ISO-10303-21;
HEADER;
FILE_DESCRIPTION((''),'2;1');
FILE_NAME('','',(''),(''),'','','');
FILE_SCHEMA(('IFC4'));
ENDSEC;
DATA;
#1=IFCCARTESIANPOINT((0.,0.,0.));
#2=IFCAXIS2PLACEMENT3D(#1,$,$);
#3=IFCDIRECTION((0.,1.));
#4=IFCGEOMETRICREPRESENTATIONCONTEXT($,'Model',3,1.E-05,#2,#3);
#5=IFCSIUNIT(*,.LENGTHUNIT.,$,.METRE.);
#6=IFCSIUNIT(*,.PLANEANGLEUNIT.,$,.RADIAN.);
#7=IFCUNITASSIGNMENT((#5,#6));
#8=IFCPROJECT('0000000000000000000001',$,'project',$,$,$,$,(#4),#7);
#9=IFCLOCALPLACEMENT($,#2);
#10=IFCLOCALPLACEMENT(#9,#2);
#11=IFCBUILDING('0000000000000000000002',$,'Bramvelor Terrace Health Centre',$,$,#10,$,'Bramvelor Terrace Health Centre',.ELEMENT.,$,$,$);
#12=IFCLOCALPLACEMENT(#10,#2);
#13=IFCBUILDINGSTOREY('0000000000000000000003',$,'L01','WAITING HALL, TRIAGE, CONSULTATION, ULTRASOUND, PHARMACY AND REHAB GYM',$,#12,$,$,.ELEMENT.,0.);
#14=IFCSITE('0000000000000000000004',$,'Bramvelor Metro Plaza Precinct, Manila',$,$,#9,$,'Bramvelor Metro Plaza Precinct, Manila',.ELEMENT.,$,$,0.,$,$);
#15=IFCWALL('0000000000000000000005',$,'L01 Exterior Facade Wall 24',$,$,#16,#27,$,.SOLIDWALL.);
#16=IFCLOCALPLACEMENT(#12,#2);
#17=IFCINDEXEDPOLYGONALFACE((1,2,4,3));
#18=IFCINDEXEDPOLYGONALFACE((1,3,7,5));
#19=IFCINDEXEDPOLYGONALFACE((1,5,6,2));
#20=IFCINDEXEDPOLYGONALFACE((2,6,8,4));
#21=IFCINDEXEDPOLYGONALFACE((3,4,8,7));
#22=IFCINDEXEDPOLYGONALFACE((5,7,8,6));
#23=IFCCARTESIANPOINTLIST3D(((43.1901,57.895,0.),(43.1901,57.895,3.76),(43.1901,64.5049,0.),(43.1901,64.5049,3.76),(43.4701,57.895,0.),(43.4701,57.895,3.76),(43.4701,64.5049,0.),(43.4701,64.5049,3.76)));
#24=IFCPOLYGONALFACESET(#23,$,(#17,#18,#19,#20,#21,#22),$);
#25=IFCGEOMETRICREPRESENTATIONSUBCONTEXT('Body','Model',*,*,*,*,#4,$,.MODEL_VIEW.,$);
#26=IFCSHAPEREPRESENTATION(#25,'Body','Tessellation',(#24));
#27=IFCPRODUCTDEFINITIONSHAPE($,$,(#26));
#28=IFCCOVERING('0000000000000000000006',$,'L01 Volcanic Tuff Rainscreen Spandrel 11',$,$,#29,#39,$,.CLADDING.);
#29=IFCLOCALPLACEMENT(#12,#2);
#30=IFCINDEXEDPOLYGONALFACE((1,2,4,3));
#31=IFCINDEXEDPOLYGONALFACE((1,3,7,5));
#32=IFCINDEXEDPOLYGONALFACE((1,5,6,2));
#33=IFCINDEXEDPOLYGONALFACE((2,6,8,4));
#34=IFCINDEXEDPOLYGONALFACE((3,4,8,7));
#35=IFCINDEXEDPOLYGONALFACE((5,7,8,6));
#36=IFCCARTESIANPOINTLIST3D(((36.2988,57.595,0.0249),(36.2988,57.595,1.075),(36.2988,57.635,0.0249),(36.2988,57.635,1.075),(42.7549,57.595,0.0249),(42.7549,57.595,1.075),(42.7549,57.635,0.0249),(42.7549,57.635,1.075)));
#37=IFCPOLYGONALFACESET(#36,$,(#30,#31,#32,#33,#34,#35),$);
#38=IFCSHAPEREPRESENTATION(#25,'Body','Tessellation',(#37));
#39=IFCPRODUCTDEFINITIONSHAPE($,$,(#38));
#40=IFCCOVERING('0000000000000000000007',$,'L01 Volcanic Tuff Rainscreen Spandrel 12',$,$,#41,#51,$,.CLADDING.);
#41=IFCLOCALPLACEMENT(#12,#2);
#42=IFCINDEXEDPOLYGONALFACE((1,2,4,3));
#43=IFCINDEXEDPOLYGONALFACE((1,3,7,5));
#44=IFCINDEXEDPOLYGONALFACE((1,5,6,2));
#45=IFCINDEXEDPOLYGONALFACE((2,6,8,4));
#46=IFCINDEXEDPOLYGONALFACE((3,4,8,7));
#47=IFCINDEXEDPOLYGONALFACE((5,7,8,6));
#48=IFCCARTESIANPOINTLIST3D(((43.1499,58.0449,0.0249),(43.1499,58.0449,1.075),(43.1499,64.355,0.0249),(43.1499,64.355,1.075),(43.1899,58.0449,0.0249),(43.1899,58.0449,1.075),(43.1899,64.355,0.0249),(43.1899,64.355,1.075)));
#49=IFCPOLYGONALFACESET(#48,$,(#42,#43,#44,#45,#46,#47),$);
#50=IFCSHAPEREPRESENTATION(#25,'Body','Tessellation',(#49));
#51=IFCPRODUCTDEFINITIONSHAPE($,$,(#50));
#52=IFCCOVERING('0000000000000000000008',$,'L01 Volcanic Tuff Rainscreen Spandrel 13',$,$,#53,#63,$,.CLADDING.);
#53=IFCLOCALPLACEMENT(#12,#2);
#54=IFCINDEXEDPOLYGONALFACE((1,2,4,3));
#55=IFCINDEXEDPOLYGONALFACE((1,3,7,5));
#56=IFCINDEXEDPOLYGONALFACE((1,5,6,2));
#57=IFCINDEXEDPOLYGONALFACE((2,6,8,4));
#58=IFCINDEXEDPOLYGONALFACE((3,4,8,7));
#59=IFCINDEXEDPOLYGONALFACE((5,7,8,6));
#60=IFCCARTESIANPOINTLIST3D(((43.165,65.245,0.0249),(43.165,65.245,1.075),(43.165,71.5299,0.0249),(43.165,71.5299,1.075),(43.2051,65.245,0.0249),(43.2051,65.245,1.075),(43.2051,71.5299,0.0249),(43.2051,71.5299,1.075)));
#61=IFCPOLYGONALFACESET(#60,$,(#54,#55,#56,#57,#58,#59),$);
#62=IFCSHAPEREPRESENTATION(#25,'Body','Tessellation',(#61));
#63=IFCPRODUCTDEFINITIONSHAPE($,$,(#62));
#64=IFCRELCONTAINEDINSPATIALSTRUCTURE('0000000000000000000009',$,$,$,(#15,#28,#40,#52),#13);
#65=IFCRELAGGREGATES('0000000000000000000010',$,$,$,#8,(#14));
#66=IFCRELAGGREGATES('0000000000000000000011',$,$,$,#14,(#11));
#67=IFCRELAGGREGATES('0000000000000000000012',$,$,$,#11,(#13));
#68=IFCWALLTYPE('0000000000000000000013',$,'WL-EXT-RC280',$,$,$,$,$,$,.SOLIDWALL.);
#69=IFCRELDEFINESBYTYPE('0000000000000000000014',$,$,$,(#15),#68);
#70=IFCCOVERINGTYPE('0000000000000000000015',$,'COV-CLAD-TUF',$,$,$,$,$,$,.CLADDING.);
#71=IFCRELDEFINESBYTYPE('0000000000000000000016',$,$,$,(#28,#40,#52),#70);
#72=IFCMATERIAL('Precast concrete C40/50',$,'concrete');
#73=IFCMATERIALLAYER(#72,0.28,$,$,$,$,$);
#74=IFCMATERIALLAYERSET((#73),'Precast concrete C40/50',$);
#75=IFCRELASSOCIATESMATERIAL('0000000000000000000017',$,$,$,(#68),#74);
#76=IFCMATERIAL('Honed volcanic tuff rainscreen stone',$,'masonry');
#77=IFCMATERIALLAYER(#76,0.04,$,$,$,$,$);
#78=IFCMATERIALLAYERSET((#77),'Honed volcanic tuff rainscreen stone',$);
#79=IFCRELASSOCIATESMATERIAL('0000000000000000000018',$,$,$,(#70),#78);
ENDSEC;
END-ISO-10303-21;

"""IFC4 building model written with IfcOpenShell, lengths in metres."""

from ifc_helpers import new_model, si_unit, direction, frame, frame_2d, origin, origin_2d, place, context, subcontext, project, spatial, rectangle, extrude, material, layer, layer_set, type_object, element, save


model = new_model("IFC4")

# Units and contexts
model_context = context("Model", 3, precision=1e-05, world=origin(), true_north=direction((0.0, 1.0)))
body_context = subcontext(model_context, "Body", "Model", "MODEL_VIEW")
ifc_project = project(units=[si_unit("LENGTHUNIT", "METRE"), si_unit("PLANEANGLEUNIT", "RADIAN")], contexts=[model_context])

# Site, building, storey
site_placement = place(None, origin())
site = spatial("IfcSite", under=ifc_project, at=site_placement, Name="Bramvelor Metro Plaza Precinct, Manila", LongName="Bramvelor Metro Plaza Precinct, Manila", CompositionType="ELEMENT", RefElevation=0.0)
building_placement = place(site_placement, origin())
building = spatial("IfcBuilding", under=site, at=building_placement, Name="Bramvelor Terrace Health Centre", LongName="Bramvelor Terrace Health Centre", CompositionType="ELEMENT")
storey_placement = place(building_placement, origin())
storey = spatial("IfcBuildingStorey", under=building, at=storey_placement, Name="L01", Description="WAITING HALL, TRIAGE, CONSULTATION, ULTRASOUND, PHARMACY AND REHAB GYM", CompositionType="ELEMENT", Elevation=0.0)

# Wall
ifc_material_1 = material(Name="Precast concrete C40/50", Category="concrete")
ifc_layer_1 = layer(ifc_material_1, 0.28)
ifc_layer_set_1 = layer_set([ifc_layer_1], Name="Precast concrete C40/50")
wall_type_1 = type_object("IfcWallType", Name="WL-EXT-RC280", PredefinedType="SOLIDWALL", material=ifc_layer_set_1)
wall_1_placement = place(storey_placement, frame((43.3301, 57.895, 0.0), z_axis=(0.0, 0.0, 1.0), x_axis=(0.0, 1.0, 0.0)))
element("IfcWall", 1, at=wall_1_placement, inside=storey, type_object=wall_type_1, Name="L01 Exterior Facade Wall 24", PredefinedType="SOLIDWALL", context=body_context, shape_type="SweptSolid", body=[
    extrude(rectangle(XDim=6.6099, YDim=0.28, at=frame_2d((3.3049, 0.0))), origin(), (0.0, 0.0, 1.0), 3.76),
])

# Coverings
ifc_material_2 = material(Name="Honed volcanic tuff rainscreen stone", Category="masonry")
ifc_layer_2 = layer(ifc_material_2, 0.04)
ifc_layer_set_2 = layer_set([ifc_layer_2], Name="Honed volcanic tuff rainscreen stone")
covering_type = type_object("IfcCoveringType", Name="COV-CLAD-TUF", PredefinedType="CLADDING", material=ifc_layer_set_2)
covering_1_placement = place(storey_placement, frame((39.5269, 57.615, 0.0249), z_axis=(0.0, 0.0, 1.0), x_axis=(1.0, 0.0, 0.0)))
element("IfcCovering", 2, at=covering_1_placement, inside=storey, type_object=covering_type, Name="L01 Volcanic Tuff Rainscreen Spandrel 11", PredefinedType="CLADDING", context=body_context, shape_type="SweptSolid", body=[
    extrude(rectangle(XDim=6.4561, YDim=0.04, at=origin_2d()), origin(), (0.0, 0.0, 1.0), 1.05),
])
covering_2_placement = place(storey_placement, frame((43.1699, 61.2, 0.0249), z_axis=(0.0, 0.0, 1.0), x_axis=(1.0, 0.0, 0.0)))
element("IfcCovering", 3, at=covering_2_placement, inside=storey, type_object=covering_type, Name="L01 Volcanic Tuff Rainscreen Spandrel 12", PredefinedType="CLADDING", context=body_context, shape_type="SweptSolid", body=[
    extrude(rectangle(XDim=0.04, YDim=6.3101, at=origin_2d()), origin(), (0.0, 0.0, 1.0), 1.05),
])
covering_3_placement = place(storey_placement, frame((43.1851, 68.3875, 0.0249), z_axis=(0.0, 0.0, 1.0), x_axis=(1.0, 0.0, 0.0)))
element("IfcCovering", 4, at=covering_3_placement, inside=storey, type_object=covering_type, Name="L01 Volcanic Tuff Rainscreen Spandrel 13", PredefinedType="CLADDING", context=body_context, shape_type="SweptSolid", body=[
    extrude(rectangle(XDim=0.04, YDim=6.2849, at=origin_2d()), origin(), (0.0, 0.0, 1.0), 1.05),
])

save(model, "model.ifc")
